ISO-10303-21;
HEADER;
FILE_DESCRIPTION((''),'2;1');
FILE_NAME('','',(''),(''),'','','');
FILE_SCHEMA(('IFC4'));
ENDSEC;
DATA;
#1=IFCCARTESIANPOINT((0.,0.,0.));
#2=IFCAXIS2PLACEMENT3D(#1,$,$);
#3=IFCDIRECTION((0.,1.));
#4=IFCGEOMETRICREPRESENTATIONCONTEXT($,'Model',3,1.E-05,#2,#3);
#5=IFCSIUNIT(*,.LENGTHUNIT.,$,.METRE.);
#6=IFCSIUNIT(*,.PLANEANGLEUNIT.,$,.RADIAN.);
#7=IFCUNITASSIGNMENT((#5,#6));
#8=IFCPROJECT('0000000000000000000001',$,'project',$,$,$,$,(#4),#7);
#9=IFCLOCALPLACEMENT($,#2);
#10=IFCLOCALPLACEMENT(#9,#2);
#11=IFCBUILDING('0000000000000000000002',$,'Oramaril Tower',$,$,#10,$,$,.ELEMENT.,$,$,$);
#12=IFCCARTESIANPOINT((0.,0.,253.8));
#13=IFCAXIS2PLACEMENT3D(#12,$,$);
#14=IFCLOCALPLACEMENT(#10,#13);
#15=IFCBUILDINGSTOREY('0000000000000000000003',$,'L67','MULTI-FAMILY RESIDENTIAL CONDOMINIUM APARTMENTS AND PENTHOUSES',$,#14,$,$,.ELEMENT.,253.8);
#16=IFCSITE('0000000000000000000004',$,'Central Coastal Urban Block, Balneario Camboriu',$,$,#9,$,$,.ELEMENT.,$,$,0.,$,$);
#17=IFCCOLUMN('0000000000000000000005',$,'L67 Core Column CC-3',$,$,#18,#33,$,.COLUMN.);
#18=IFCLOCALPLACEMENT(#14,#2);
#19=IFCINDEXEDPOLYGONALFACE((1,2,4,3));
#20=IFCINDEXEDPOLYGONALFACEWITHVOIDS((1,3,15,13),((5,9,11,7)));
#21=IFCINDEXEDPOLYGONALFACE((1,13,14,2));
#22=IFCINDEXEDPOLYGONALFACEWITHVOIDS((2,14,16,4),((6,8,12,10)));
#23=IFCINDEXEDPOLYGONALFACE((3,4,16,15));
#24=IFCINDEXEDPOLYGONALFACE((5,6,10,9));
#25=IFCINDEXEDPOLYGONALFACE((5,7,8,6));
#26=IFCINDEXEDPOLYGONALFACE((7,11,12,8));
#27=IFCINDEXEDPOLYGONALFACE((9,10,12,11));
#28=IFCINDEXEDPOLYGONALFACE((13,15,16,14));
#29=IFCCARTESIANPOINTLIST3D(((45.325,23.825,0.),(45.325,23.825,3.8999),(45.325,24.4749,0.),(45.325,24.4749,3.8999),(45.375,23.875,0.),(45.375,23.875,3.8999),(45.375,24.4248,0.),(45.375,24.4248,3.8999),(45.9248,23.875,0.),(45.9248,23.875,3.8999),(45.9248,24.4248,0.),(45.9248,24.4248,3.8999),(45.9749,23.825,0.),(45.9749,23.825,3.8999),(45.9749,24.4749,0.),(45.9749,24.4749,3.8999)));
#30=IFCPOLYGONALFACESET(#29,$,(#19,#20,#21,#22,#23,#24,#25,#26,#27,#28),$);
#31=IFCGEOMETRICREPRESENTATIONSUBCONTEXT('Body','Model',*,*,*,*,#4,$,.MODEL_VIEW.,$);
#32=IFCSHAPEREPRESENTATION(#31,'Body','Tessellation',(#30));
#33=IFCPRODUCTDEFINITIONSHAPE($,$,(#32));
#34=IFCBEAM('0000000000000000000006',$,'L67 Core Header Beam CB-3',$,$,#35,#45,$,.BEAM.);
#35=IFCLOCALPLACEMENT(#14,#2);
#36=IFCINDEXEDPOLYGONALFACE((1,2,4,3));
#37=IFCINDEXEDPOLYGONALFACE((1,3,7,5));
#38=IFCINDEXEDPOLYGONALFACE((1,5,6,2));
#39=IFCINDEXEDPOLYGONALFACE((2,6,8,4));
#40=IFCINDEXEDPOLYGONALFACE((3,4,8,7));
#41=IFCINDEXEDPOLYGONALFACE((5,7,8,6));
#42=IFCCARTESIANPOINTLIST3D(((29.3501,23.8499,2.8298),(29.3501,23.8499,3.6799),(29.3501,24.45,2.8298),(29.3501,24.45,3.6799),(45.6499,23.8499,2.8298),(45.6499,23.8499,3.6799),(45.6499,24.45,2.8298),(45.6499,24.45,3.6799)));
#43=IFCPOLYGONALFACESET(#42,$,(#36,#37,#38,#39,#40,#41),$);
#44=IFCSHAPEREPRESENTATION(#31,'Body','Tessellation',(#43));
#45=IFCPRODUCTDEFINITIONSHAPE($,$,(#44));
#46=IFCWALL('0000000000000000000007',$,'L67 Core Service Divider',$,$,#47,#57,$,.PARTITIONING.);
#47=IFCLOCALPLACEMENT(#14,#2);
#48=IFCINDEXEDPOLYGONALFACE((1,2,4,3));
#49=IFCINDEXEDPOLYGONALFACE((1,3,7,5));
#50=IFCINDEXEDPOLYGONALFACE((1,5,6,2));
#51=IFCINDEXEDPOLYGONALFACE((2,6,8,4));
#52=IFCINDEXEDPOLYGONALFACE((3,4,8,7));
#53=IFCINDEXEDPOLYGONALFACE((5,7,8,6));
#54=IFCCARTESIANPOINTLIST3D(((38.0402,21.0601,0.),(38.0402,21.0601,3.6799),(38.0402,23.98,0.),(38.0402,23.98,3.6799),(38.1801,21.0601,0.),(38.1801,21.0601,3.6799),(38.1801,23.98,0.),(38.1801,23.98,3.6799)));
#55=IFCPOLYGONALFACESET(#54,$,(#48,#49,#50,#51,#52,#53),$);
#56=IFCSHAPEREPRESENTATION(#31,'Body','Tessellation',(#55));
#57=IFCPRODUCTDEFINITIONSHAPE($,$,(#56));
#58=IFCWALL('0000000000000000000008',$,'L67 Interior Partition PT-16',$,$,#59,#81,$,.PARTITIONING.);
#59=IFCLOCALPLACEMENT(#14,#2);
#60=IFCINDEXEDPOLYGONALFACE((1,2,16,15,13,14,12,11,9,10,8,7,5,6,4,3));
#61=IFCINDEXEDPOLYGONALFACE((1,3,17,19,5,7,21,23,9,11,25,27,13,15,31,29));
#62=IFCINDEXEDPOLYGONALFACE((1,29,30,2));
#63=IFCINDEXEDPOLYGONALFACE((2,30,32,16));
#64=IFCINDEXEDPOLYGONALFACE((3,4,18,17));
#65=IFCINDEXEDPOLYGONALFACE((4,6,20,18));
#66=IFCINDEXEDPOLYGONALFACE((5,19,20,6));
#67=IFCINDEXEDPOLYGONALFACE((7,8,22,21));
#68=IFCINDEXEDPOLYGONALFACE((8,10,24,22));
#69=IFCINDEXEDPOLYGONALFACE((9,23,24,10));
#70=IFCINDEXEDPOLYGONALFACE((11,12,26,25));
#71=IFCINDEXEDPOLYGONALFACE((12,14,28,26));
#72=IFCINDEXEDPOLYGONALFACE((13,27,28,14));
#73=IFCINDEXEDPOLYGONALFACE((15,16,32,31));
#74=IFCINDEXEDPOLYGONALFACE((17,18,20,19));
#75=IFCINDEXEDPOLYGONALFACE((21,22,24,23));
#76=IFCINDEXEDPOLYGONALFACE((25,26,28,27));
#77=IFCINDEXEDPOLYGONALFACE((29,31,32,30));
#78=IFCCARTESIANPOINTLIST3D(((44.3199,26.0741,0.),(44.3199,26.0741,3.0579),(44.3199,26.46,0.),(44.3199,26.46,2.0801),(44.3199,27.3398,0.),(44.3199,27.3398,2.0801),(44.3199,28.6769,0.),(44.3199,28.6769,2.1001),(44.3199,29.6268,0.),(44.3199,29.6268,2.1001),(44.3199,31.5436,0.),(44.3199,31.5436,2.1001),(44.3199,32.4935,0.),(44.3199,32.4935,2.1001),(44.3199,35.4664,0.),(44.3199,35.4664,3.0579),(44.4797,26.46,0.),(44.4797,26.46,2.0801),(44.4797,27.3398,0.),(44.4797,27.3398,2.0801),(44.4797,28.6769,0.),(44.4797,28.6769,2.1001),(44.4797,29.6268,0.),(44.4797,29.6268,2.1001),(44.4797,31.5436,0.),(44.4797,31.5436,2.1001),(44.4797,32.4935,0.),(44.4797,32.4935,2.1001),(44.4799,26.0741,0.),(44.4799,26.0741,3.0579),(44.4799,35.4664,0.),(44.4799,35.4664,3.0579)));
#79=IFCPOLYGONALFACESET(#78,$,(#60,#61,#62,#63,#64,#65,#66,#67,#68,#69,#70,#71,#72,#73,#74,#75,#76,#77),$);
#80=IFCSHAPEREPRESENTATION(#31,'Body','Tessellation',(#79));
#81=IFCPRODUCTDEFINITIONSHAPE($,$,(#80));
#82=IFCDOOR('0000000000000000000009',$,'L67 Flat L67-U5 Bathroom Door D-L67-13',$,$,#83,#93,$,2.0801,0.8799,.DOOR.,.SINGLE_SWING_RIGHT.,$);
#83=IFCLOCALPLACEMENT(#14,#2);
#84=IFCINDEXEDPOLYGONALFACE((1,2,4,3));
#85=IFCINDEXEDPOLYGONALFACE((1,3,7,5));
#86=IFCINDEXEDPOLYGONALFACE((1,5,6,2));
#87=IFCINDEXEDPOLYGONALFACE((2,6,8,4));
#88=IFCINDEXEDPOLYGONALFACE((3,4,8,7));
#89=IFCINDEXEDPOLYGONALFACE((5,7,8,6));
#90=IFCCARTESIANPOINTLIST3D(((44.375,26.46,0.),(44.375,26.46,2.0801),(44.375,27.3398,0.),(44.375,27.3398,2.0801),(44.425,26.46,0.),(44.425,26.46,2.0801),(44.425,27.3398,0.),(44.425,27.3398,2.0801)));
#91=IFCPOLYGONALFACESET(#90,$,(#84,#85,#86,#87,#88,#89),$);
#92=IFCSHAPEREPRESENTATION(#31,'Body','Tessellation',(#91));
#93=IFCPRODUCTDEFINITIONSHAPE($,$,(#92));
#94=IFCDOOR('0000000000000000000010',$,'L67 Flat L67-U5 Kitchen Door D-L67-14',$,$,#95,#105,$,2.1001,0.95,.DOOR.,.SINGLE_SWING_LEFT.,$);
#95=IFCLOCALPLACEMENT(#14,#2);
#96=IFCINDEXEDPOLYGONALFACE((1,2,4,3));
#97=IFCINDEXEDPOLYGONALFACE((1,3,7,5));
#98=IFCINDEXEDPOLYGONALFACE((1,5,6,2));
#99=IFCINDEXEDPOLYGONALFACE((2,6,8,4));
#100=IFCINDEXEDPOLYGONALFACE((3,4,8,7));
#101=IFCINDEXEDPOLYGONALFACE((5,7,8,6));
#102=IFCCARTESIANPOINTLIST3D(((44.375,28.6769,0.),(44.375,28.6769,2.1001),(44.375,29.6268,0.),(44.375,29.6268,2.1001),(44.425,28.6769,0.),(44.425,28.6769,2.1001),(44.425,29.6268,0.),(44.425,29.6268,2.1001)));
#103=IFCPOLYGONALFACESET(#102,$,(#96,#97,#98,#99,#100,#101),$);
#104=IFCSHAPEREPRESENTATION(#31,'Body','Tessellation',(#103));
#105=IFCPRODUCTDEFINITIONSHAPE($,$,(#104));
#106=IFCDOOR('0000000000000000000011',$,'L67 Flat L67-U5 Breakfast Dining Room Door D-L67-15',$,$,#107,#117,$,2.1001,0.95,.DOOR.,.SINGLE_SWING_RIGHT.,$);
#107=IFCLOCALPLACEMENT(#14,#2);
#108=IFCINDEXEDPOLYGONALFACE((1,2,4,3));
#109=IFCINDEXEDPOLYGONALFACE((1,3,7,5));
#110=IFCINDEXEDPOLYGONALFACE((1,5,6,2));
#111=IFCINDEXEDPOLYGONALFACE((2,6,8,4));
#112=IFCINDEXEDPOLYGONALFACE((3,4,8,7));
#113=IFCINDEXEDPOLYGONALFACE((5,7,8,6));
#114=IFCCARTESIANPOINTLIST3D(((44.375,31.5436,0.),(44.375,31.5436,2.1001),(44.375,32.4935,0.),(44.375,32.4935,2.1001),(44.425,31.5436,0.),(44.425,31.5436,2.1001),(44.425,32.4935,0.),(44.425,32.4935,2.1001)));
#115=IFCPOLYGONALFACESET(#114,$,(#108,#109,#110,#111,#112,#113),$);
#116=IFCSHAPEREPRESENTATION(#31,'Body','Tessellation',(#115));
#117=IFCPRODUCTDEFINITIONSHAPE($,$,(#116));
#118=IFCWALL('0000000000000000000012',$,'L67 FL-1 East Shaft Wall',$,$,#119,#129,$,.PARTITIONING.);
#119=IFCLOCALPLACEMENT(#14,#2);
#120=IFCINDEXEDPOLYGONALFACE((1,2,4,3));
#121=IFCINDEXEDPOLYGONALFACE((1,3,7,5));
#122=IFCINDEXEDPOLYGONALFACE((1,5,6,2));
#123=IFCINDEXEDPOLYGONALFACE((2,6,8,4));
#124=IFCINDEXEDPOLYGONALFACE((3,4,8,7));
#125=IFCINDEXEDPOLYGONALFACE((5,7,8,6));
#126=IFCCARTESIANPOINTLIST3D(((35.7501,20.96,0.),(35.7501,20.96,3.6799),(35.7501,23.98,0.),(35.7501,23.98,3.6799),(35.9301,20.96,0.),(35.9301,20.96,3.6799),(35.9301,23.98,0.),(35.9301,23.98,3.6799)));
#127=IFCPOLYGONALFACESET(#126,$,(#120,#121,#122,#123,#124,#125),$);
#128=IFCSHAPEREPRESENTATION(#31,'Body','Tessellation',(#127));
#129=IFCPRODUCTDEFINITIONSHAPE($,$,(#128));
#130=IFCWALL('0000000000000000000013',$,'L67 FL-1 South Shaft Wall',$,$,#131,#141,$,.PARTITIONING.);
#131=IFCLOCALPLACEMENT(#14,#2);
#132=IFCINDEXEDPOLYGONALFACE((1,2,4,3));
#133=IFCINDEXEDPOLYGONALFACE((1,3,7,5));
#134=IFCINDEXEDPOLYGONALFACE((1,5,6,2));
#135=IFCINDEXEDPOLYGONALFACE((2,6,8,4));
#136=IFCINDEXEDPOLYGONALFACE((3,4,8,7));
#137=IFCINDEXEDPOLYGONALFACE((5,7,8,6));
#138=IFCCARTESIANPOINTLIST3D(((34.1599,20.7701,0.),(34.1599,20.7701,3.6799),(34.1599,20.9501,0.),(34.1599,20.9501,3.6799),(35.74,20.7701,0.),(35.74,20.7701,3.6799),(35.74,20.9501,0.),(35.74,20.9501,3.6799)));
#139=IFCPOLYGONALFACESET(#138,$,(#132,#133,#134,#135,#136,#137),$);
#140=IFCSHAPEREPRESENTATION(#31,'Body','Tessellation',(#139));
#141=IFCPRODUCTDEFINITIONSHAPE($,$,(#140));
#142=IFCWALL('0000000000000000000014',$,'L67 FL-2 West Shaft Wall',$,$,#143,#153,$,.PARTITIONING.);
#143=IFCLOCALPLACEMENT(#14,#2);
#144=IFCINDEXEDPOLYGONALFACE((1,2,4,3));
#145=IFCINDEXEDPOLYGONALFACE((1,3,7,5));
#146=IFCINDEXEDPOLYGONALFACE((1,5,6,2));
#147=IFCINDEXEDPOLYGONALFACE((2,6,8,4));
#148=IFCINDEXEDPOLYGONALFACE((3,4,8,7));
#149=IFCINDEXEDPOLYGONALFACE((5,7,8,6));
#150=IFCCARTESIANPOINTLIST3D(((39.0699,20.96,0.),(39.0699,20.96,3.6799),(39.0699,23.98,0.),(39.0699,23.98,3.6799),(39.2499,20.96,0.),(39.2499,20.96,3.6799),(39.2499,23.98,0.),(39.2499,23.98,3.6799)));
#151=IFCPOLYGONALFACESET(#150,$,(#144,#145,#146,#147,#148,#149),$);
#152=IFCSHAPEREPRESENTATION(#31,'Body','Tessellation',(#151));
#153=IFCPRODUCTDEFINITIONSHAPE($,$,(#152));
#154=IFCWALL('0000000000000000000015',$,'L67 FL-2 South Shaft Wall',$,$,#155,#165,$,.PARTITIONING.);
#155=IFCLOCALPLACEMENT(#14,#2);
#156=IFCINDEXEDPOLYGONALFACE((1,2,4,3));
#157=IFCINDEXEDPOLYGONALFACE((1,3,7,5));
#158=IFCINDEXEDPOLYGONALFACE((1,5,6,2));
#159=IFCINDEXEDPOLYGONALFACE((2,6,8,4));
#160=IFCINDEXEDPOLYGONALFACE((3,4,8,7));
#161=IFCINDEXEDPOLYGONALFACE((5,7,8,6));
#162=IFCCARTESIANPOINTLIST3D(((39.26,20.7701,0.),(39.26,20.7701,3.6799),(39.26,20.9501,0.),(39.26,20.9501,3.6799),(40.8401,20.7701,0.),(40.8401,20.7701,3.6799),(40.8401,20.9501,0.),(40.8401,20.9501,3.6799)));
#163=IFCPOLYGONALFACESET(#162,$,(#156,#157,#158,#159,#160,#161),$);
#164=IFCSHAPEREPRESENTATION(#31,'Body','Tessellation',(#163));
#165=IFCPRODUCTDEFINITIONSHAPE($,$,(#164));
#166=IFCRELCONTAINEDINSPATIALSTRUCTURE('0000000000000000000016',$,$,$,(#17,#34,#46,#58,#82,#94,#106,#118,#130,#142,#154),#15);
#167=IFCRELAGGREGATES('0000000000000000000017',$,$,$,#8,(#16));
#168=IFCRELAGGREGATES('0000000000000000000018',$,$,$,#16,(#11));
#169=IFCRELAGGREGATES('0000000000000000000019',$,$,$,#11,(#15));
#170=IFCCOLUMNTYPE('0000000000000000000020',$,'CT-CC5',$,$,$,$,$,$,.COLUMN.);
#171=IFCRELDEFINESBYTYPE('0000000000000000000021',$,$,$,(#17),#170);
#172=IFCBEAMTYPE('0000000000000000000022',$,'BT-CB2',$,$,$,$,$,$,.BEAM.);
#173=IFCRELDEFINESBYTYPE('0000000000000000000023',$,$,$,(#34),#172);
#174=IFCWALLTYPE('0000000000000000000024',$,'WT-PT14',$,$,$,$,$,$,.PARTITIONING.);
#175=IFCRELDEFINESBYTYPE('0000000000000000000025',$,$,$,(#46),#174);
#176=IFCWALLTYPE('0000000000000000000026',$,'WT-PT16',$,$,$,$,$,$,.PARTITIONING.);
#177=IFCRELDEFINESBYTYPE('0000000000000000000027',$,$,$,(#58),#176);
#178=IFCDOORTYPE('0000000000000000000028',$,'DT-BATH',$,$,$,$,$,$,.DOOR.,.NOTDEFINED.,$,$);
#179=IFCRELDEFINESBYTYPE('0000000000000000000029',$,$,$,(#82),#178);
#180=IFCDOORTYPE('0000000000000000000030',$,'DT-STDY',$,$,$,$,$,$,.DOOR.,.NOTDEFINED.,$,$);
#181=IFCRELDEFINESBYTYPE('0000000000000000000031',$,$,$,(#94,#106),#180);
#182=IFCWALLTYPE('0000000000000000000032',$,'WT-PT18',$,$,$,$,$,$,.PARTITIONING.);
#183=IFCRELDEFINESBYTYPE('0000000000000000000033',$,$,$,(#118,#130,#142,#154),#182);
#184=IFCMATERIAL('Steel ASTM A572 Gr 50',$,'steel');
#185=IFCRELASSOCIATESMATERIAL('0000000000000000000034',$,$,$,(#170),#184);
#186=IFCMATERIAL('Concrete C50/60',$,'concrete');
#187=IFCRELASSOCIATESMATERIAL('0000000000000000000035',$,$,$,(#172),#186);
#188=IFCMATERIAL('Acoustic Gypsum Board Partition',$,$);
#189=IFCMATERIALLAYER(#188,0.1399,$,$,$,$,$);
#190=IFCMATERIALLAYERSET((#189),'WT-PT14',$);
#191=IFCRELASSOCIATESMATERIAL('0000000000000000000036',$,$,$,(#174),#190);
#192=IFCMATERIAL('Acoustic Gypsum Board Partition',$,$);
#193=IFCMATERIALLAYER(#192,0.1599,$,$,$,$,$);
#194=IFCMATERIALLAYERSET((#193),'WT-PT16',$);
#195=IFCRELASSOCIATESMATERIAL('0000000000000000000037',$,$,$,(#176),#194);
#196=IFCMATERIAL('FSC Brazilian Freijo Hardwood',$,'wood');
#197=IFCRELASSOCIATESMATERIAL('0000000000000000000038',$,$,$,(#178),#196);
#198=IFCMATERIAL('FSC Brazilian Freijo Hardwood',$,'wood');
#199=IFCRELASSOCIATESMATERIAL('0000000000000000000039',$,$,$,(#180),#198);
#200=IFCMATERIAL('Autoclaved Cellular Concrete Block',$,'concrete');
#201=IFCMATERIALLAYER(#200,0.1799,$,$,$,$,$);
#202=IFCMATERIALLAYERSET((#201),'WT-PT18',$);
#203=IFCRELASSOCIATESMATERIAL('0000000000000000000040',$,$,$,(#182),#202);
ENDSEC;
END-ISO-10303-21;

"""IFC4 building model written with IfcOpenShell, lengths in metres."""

from ifc_helpers import new_model, si_unit, direction, frame, frame_2d, origin, origin_2d, place, context, subcontext, project, spatial, rectangle, hollow_rectangle, extrude, material, layer, layer_set, material_profile, profile_set, type_object, element, fill, save


model = new_model("IFC4")

# Units and contexts
model_context = context("Model", 3, precision=1e-05, world=origin(), true_north=direction((0.0, 1.0)))
body_context = subcontext(model_context, "Body", "Model", "MODEL_VIEW")
ifc_project = project(units=[si_unit("LENGTHUNIT", "METRE"), si_unit("PLANEANGLEUNIT", "RADIAN")], contexts=[model_context])

# Site, building, storey
site_placement = place(None, origin())
site = spatial("IfcSite", under=ifc_project, at=site_placement, Name="Central Coastal Urban Block, Balneario Camboriu", CompositionType="ELEMENT", RefElevation=0.0)
building_placement = place(site_placement, origin())
building = spatial("IfcBuilding", under=site, at=building_placement, Name="Oramaril Tower", CompositionType="ELEMENT")
storey_placement = place(building_placement, frame((0.0, 0.0, 253.8)))
storey = spatial("IfcBuildingStorey", under=building, at=storey_placement, Name="L67", Description="MULTI-FAMILY RESIDENTIAL CONDOMINIUM APARTMENTS AND PENTHOUSES", CompositionType="ELEMENT", Elevation=253.8)

# Column
ifc_material_1 = material(Name="Steel ASTM A572 Gr 50", Category="steel")
ifc_material_profile_1 = material_profile(ifc_material_1, hollow_rectangle(XDim=0.6499, YDim=0.6499, WallThickness=0.05, at=origin_2d()), Name="BOX650X650X50")
ifc_profile_set_1 = profile_set([ifc_material_profile_1], Name="Steel ASTM A572 Gr 50")
column_type = type_object("IfcColumnType", Name="CT-CC5", PredefinedType="COLUMN", material=ifc_profile_set_1)
column_placement = place(storey_placement, frame((45.6499, 24.1499, 0.0), z_axis=(0.0, 0.0, 1.0), x_axis=(1.0, 0.0, 0.0)))
element("IfcColumn", 1, at=column_placement, inside=storey, type_object=column_type, Name="L67 Core Column CC-3", PredefinedType="COLUMN", context=body_context, shape_type="SweptSolid", body=[
    extrude(hollow_rectangle(XDim=0.6499, YDim=0.6499, WallThickness=0.05, at=origin_2d()), origin(), (0.0, 0.0, 1.0), 3.8999),
])

# Beam
ifc_material_2 = material(Name="Concrete C50/60", Category="concrete")
ifc_material_profile_2 = material_profile(ifc_material_2, rectangle(XDim=0.6001, YDim=0.8501, at=origin_2d()), Name="CB600X850")
ifc_profile_set_2 = profile_set([ifc_material_profile_2], Name="Concrete C50/60")
beam_type = type_object("IfcBeamType", Name="BT-CB2", PredefinedType="BEAM", material=ifc_profile_set_2)
beam_placement = place(storey_placement, frame((45.6499, 24.1499, 3.2549), z_axis=(-1.0, 0.0, 0.0), x_axis=(0.0, -1.0, 0.0)))
element("IfcBeam", 2, at=beam_placement, inside=storey, type_object=beam_type, Name="L67 Core Header Beam CB-3", PredefinedType="BEAM", context=body_context, shape_type="SweptSolid", body=[
    extrude(rectangle(XDim=0.6001, YDim=0.8501, at=origin_2d()), origin(), (0.0, 0.0, 1.0), 16.2998),
])

# Wall
ifc_material_3 = material(Name="Acoustic Gypsum Board Partition")
ifc_layer_1 = layer(ifc_material_3, 0.1399)
ifc_layer_set_1 = layer_set([ifc_layer_1], Name="WT-PT14")
wall_type_1 = type_object("IfcWallType", Name="WT-PT14", PredefinedType="PARTITIONING", material=ifc_layer_set_1)
wall_1_placement = place(storey_placement, frame((38.1101, 21.0601, 0.0), z_axis=(0.0, 0.0, 1.0), x_axis=(0.0, 1.0, 0.0)))
element("IfcWall", 3, at=wall_1_placement, inside=storey, type_object=wall_type_1, Name="L67 Core Service Divider", PredefinedType="PARTITIONING", context=body_context, shape_type="SweptSolid", body=[
    extrude(rectangle(XDim=2.9199, YDim=0.1399, at=frame_2d((1.46, 0.0))), origin(), (0.0, 0.0, 1.0), 3.6799),
])

# Wall, openings, doors
ifc_material_4 = material(Name="Acoustic Gypsum Board Partition")
ifc_layer_2 = layer(ifc_material_4, 0.1599)
ifc_layer_set_2 = layer_set([ifc_layer_2], Name="WT-PT16")
wall_type_2 = type_object("IfcWallType", Name="WT-PT16", PredefinedType="PARTITIONING", material=ifc_layer_set_2)
wall_2_placement = place(storey_placement, frame((44.3999, 26.074, 0.0), z_axis=(0.0, 0.0, 1.0), x_axis=(0.0, 1.0, 0.0)))
wall_2 = element("IfcWall", 4, at=wall_2_placement, inside=storey, type_object=wall_type_2, Name="L67 Interior Partition PT-16", PredefinedType="PARTITIONING", context=body_context, shape_type="SweptSolid", body=[
    extrude(rectangle(XDim=9.3923, YDim=0.1599, at=frame_2d((4.6963, 0.0))), origin(), (0.0, 0.0, 1.0), 3.0579),
])
opening_1_placement = place(wall_2_placement, frame((0.386, 0.0, 0.0)))
opening_1 = element("IfcOpeningElement", 5, at=opening_1_placement, cuts=wall_2, PredefinedType="OPENING", context=body_context, shape_type="SweptSolid", body=[
    extrude(rectangle(XDim=0.8799, YDim=2.0801, at=frame_2d((0.4399, 1.04))), frame((0.0, 0.0801, 0.0), z_axis=(0.0, -1.0, 0.0), x_axis=(1.0, 0.0, 0.0)), (0.0, 0.0, 1.0), 0.1599),
])
opening_2_placement = place(wall_2_placement, frame((2.6028, 0.0, 0.0)))
opening_2 = element("IfcOpeningElement", 6, at=opening_2_placement, cuts=wall_2, PredefinedType="OPENING", context=body_context, shape_type="SweptSolid", body=[
    extrude(rectangle(XDim=0.95, YDim=2.1001, at=frame_2d((0.4751, 1.05))), frame((0.0, 0.0801, 0.0), z_axis=(0.0, -1.0, 0.0), x_axis=(1.0, 0.0, 0.0)), (0.0, 0.0, 1.0), 0.1599),
])
opening_3_placement = place(wall_2_placement, frame((5.4695, 0.0, 0.0)))
opening_3 = element("IfcOpeningElement", 7, at=opening_3_placement, cuts=wall_2, PredefinedType="OPENING", context=body_context, shape_type="SweptSolid", body=[
    extrude(rectangle(XDim=0.95, YDim=2.1001, at=frame_2d((0.4751, 1.05))), frame((0.0, 0.0801, 0.0), z_axis=(0.0, -1.0, 0.0), x_axis=(1.0, 0.0, 0.0)), (0.0, 0.0, 1.0), 0.1599),
])
ifc_material_5 = material(Name="FSC Brazilian Freijo Hardwood", Category="wood")
door_type_1 = type_object("IfcDoorType", Name="DT-BATH", OperationType="NOTDEFINED", PredefinedType="DOOR", material=ifc_material_5)
door_1_placement = place(opening_1_placement, origin())
door_1 = element("IfcDoor", 8, at=door_1_placement, inside=storey, type_object=door_type_1, Name="L67 Flat L67-U5 Bathroom Door D-L67-13", OperationType="SINGLE_SWING_RIGHT", OverallHeight=2.0801, OverallWidth=0.8799, PredefinedType="DOOR", context=body_context, shape_type="SweptSolid", body=[
    extrude(rectangle(XDim=0.8799, YDim=2.0801, at=frame_2d((0.4399, 1.04))), frame((0.0, 0.0249, 0.0), z_axis=(0.0, -1.0, 0.0), x_axis=(1.0, 0.0, 0.0)), (0.0, 0.0, 1.0), 0.05),
])
fill(opening_1, door_1)
ifc_material_6 = material(Name="FSC Brazilian Freijo Hardwood", Category="wood")
door_type_2 = type_object("IfcDoorType", Name="DT-STDY", OperationType="NOTDEFINED", PredefinedType="DOOR", material=ifc_material_6)
door_2_placement = place(opening_2_placement, origin())
door_2 = element("IfcDoor", 9, at=door_2_placement, inside=storey, type_object=door_type_2, Name="L67 Flat L67-U5 Kitchen Door D-L67-14", OperationType="SINGLE_SWING_LEFT", OverallHeight=2.1001, OverallWidth=0.95, PredefinedType="DOOR", context=body_context, shape_type="SweptSolid", body=[
    extrude(rectangle(XDim=0.95, YDim=2.1001, at=frame_2d((0.4751, 1.05))), frame((0.0, 0.0249, 0.0), z_axis=(0.0, -1.0, 0.0), x_axis=(1.0, 0.0, 0.0)), (0.0, 0.0, 1.0), 0.05),
])
fill(opening_2, door_2)
door_3_placement = place(opening_3_placement, origin())
door_3 = element("IfcDoor", 10, at=door_3_placement, inside=storey, type_object=door_type_2, Name="L67 Flat L67-U5 Breakfast Dining Room Door D-L67-15", OperationType="SINGLE_SWING_RIGHT", OverallHeight=2.1001, OverallWidth=0.95, PredefinedType="DOOR", context=body_context, shape_type="SweptSolid", body=[
    extrude(rectangle(XDim=0.95, YDim=2.1001, at=frame_2d((0.4751, 1.05))), frame((0.0, 0.0249, 0.0), z_axis=(0.0, -1.0, 0.0), x_axis=(1.0, 0.0, 0.0)), (0.0, 0.0, 1.0), 0.05),
])
fill(opening_3, door_3)

# Walls
ifc_material_7 = material(Name="Autoclaved Cellular Concrete Block", Category="concrete")
ifc_layer_3 = layer(ifc_material_7, 0.1799)
ifc_layer_set_3 = layer_set([ifc_layer_3], Name="WT-PT18")
wall_type_3 = type_object("IfcWallType", Name="WT-PT18", PredefinedType="PARTITIONING", material=ifc_layer_set_3)
wall_3_placement = place(storey_placement, frame((35.8401, 20.96, 0.0), z_axis=(0.0, 0.0, 1.0), x_axis=(0.0, 1.0, 0.0)))
element("IfcWall", 11, at=wall_3_placement, inside=storey, type_object=wall_type_3, Name="L67 FL-1 East Shaft Wall", PredefinedType="PARTITIONING", context=body_context, shape_type="SweptSolid", body=[
    extrude(rectangle(XDim=3.02, YDim=0.1799, at=frame_2d((1.51, 0.0))), origin(), (0.0, 0.0, 1.0), 3.6799),
])
wall_4_placement = place(storey_placement, frame((34.1599, 20.8601, 0.0), z_axis=(0.0, 0.0, 1.0), x_axis=(1.0, 0.0, 0.0)))
element("IfcWall", 12, at=wall_4_placement, inside=storey, type_object=wall_type_3, Name="L67 FL-1 South Shaft Wall", PredefinedType="PARTITIONING", context=body_context, shape_type="SweptSolid", body=[
    extrude(rectangle(XDim=1.5801, YDim=0.1799, at=frame_2d((0.79, 0.0))), origin(), (0.0, 0.0, 1.0), 3.6799),
])
wall_5_placement = place(storey_placement, frame((39.1599, 20.96, 0.0), z_axis=(0.0, 0.0, 1.0), x_axis=(0.0, 1.0, 0.0)))
element("IfcWall", 13, at=wall_5_placement, inside=storey, type_object=wall_type_3, Name="L67 FL-2 West Shaft Wall", PredefinedType="PARTITIONING", context=body_context, shape_type="SweptSolid", body=[
    extrude(rectangle(XDim=3.02, YDim=0.1799, at=frame_2d((1.51, 0.0))), origin(), (0.0, 0.0, 1.0), 3.6799),
])
wall_6_placement = place(storey_placement, frame((39.26, 20.8601, 0.0), z_axis=(0.0, 0.0, 1.0), x_axis=(1.0, 0.0, 0.0)))
element("IfcWall", 14, at=wall_6_placement, inside=storey, type_object=wall_type_3, Name="L67 FL-2 South Shaft Wall", PredefinedType="PARTITIONING", context=body_context, shape_type="SweptSolid", body=[
    extrude(rectangle(XDim=1.5801, YDim=0.1799, at=frame_2d((0.79, 0.0))), origin(), (0.0, 0.0, 1.0), 3.6799),
])

save(model, "model.ifc")
